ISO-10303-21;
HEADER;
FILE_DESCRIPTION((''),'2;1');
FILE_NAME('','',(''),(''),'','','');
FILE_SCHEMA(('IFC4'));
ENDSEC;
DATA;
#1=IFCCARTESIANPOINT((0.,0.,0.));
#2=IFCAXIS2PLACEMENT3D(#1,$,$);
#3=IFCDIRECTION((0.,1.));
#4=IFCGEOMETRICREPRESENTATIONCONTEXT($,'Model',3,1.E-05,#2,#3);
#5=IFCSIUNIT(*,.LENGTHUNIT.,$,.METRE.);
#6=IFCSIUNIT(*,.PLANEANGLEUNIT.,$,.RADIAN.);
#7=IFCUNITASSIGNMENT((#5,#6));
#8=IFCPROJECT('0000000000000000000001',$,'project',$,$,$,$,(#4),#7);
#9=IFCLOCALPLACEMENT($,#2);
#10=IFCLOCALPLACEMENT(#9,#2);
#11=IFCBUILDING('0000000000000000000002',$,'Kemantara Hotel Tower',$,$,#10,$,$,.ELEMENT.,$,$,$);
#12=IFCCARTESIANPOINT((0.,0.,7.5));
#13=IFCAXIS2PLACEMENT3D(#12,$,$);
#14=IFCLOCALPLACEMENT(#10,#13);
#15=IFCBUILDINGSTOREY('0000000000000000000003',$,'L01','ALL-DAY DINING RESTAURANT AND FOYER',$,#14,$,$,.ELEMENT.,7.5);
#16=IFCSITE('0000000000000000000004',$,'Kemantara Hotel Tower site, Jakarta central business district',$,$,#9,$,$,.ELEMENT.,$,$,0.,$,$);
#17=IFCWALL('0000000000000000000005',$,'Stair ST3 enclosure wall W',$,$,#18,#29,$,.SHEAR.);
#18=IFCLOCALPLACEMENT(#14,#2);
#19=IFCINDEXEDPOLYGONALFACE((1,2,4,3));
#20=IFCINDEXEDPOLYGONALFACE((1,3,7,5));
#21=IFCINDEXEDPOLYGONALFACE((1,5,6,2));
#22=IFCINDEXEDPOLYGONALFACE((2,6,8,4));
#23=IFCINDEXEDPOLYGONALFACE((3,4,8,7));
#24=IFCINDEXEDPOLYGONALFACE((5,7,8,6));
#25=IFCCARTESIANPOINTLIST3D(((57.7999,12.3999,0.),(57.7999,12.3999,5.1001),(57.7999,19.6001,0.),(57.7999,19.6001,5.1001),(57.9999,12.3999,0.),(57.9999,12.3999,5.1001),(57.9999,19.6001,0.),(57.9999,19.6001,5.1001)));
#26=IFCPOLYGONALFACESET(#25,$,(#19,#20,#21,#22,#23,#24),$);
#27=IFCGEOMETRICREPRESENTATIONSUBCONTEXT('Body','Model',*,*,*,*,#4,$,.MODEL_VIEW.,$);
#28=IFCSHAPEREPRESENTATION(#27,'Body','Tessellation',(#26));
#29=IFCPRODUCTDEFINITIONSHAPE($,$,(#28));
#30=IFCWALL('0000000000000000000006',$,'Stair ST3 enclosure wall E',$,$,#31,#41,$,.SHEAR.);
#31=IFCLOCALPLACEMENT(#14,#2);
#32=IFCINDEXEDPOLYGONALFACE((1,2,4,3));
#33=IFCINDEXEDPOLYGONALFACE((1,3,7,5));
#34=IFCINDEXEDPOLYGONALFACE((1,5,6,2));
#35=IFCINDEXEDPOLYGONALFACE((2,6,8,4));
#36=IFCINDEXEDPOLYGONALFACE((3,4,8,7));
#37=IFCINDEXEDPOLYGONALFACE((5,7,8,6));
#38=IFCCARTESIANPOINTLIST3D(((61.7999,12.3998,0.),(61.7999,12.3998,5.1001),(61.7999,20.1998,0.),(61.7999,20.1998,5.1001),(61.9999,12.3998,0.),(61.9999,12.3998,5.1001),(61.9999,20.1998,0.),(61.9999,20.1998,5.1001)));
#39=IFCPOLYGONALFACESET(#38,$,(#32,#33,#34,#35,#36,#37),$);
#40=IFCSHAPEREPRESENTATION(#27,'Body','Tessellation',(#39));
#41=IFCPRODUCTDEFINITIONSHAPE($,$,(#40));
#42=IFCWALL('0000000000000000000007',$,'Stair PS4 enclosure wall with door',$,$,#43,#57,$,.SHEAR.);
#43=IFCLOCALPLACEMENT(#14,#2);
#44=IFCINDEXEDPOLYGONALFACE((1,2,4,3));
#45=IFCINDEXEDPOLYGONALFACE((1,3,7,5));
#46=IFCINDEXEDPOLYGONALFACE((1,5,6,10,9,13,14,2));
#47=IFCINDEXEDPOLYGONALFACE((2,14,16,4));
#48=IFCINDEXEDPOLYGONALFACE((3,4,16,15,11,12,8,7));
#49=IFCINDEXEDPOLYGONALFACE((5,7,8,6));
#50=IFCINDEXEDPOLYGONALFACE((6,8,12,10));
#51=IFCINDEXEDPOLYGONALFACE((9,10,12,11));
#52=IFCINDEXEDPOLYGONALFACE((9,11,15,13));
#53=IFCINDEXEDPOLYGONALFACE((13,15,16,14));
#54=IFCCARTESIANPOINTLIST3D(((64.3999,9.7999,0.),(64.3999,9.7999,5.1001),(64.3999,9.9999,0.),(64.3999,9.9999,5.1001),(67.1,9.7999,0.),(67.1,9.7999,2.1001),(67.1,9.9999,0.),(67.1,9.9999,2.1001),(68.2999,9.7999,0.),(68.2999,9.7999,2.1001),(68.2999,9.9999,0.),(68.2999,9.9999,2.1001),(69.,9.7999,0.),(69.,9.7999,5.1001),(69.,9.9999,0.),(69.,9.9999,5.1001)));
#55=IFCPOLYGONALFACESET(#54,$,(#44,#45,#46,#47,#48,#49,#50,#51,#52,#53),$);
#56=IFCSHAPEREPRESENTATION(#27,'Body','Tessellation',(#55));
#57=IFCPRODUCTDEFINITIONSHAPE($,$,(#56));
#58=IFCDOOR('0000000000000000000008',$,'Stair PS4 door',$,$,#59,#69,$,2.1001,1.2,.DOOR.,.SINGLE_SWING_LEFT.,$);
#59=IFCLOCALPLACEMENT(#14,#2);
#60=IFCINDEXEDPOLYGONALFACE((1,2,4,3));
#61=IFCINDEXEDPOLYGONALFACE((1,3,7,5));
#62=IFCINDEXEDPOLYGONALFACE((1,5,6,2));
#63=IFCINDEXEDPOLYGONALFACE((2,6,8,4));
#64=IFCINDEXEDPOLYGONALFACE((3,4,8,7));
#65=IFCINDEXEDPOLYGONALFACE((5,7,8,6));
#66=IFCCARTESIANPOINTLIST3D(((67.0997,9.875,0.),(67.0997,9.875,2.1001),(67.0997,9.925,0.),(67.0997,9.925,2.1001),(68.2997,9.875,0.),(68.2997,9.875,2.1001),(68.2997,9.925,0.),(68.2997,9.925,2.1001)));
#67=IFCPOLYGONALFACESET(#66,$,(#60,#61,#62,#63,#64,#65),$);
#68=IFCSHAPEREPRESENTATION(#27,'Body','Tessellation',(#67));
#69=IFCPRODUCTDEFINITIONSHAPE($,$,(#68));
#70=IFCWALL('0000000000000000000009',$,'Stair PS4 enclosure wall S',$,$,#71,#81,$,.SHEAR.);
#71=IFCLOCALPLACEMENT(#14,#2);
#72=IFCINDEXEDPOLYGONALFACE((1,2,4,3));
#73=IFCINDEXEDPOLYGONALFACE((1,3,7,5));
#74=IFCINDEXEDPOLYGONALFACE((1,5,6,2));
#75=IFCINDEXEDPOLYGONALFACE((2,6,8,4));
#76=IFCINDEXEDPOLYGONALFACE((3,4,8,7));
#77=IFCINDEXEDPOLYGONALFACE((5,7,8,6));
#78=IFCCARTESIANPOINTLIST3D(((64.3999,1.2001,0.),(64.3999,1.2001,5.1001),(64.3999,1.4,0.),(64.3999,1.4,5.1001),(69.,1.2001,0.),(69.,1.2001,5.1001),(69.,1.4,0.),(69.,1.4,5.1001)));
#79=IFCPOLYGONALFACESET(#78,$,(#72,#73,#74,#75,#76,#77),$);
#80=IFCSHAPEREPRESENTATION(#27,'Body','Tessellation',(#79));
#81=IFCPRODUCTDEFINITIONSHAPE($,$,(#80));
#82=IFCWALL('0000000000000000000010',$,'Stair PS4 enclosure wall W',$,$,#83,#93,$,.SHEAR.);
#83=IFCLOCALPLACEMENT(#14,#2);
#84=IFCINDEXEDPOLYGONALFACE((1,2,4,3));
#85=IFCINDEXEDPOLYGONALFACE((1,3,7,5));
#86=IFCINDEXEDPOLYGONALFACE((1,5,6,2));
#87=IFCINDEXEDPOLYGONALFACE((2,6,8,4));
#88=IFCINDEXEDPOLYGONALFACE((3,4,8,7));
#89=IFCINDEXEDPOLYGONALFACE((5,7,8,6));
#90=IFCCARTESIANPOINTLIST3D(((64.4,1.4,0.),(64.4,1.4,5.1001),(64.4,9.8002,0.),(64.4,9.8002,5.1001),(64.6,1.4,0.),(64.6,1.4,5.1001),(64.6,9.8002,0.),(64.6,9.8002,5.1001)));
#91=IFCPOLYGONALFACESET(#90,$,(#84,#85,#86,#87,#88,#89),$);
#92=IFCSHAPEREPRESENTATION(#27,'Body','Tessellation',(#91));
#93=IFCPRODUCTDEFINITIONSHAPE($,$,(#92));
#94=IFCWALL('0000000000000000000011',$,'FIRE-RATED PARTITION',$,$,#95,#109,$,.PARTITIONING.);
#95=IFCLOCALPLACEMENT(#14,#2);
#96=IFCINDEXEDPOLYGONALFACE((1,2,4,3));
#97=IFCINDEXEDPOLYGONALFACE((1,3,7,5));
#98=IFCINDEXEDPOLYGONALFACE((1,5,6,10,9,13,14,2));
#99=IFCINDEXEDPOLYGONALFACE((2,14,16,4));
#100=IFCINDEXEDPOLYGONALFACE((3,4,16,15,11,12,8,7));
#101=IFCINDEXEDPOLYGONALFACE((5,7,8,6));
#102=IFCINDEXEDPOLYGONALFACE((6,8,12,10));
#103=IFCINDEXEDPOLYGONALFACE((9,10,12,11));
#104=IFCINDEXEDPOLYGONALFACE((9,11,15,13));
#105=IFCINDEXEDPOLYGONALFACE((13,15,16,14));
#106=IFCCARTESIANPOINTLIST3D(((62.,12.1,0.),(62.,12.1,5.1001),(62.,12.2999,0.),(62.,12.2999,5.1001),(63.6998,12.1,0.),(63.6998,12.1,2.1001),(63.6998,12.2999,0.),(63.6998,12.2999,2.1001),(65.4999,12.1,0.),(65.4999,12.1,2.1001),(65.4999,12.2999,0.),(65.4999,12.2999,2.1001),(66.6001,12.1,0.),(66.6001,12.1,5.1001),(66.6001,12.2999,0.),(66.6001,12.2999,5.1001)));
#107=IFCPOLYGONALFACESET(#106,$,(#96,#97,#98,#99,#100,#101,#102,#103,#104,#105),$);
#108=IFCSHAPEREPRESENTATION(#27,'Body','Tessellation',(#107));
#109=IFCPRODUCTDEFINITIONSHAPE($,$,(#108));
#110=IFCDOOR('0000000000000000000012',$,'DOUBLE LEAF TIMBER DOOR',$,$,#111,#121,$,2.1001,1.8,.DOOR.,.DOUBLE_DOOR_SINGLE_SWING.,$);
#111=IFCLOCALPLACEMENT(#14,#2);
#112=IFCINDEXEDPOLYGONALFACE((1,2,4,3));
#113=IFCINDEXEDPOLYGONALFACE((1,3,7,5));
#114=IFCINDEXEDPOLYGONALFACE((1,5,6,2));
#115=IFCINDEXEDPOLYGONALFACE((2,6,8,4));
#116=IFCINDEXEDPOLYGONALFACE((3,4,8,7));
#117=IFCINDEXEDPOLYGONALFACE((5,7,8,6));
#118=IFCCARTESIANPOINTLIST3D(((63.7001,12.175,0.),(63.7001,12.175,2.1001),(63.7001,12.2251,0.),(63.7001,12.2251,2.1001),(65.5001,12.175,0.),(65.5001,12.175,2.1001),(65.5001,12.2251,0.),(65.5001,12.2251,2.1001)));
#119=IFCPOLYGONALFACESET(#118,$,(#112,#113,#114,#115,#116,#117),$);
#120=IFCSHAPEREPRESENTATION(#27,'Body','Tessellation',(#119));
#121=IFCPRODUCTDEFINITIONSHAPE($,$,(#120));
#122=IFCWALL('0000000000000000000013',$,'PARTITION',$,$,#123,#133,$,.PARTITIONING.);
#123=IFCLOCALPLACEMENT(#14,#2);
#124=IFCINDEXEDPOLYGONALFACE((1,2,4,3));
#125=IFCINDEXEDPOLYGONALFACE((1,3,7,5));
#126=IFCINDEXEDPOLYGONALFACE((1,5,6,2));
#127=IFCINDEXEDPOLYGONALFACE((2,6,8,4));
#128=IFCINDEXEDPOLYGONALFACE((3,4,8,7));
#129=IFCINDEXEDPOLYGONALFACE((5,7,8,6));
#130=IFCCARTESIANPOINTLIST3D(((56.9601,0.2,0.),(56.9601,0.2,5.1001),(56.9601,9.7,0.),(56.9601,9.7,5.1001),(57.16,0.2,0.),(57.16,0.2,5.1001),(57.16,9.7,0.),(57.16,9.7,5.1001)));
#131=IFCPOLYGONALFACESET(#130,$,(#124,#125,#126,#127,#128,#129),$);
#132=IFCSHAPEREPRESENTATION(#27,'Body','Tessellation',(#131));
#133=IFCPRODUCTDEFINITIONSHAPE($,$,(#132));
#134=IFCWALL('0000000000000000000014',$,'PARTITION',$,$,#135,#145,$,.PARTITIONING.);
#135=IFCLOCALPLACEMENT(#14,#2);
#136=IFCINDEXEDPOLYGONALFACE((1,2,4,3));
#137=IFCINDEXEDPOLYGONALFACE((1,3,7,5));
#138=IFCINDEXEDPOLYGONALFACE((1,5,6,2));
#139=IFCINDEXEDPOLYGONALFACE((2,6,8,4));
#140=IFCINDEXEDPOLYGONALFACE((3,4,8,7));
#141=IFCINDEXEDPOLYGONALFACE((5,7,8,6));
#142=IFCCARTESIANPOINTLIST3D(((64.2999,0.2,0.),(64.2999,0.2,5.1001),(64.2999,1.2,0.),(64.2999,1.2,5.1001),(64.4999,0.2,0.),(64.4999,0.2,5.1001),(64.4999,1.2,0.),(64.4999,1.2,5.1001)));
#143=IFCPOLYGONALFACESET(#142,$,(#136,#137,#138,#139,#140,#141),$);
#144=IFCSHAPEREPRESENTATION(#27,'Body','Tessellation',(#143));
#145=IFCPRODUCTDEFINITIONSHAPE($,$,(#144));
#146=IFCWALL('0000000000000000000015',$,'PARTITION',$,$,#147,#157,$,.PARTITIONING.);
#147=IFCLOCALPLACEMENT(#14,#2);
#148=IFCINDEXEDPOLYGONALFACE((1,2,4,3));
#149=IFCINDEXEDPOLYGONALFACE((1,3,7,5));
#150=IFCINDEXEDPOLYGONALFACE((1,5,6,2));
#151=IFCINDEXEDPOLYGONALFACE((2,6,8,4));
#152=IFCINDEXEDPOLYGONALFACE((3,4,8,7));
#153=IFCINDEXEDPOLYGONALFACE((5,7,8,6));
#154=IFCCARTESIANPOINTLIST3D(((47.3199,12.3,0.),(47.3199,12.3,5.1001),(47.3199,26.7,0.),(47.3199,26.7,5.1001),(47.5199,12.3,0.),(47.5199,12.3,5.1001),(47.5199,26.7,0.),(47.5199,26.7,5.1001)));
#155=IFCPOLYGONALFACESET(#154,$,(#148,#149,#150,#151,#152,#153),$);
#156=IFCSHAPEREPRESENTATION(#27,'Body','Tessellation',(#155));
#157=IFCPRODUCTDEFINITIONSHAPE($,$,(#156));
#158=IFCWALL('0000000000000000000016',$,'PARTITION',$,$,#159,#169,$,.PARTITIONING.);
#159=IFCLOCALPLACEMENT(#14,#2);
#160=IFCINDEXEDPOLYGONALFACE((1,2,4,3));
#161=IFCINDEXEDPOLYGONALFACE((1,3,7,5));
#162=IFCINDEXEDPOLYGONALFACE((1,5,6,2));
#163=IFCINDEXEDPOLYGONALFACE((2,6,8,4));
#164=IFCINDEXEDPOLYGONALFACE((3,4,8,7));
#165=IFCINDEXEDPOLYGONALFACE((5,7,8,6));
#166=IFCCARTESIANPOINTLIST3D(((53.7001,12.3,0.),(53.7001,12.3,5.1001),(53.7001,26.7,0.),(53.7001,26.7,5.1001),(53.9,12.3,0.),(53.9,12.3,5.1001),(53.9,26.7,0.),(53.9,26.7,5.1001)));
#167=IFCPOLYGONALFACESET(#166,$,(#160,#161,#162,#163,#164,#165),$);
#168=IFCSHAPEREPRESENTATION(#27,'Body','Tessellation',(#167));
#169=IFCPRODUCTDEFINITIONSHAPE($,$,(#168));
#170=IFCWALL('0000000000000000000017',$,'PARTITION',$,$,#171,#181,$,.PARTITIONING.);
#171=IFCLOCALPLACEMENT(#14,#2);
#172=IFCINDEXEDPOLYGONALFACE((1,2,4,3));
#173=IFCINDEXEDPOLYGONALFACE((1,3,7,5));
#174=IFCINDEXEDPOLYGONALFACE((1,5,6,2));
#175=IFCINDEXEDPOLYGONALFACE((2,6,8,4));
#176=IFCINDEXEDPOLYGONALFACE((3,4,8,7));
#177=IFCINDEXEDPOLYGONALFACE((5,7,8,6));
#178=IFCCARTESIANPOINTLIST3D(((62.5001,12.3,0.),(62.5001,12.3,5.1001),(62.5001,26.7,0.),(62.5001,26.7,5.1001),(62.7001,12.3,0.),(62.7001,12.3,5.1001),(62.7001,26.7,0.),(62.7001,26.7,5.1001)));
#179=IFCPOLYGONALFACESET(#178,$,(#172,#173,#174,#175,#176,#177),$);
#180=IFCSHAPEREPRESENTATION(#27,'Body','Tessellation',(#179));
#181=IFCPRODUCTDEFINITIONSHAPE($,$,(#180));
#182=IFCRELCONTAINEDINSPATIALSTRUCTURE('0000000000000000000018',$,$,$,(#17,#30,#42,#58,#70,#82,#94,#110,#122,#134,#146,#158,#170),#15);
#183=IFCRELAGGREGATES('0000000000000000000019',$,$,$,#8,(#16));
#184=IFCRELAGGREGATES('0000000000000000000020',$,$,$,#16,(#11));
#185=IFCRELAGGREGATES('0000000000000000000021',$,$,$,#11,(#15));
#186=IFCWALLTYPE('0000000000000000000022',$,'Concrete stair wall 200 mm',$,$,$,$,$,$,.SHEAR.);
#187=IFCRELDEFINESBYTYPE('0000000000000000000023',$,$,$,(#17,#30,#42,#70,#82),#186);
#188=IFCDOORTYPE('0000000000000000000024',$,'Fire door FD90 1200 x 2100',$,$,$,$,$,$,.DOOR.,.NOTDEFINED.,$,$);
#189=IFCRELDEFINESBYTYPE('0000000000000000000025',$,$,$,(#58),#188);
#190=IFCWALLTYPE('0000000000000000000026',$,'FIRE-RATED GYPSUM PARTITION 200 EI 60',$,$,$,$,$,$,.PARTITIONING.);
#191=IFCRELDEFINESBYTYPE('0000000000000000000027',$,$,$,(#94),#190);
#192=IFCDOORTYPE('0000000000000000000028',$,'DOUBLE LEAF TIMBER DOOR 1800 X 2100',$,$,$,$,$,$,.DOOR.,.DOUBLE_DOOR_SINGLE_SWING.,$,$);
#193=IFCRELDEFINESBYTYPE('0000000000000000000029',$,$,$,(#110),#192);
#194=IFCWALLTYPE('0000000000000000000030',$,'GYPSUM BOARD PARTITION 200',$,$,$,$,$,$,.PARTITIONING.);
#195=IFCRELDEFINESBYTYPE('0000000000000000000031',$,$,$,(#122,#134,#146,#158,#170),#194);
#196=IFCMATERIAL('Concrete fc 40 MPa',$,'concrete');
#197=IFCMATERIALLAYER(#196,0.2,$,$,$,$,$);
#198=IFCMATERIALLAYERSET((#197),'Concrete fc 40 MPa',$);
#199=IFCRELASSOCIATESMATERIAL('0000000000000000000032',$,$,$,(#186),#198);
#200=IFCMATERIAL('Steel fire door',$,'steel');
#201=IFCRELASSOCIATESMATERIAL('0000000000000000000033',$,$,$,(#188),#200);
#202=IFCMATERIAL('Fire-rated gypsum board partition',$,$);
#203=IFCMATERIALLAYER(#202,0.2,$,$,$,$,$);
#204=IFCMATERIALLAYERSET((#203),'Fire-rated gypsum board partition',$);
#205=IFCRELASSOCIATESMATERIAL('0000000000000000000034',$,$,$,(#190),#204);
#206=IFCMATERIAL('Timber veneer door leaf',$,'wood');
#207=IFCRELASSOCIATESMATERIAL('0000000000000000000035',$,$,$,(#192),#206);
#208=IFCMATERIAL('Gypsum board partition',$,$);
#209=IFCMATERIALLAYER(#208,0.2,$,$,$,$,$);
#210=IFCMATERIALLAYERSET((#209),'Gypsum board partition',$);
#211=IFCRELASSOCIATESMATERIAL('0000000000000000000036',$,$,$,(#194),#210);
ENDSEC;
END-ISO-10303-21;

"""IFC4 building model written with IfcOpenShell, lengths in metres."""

from ifc_helpers import new_model, si_unit, direction, frame, frame_2d, origin, place, context, subcontext, project, spatial, rectangle, extrude, material, layer, layer_set, type_object, element, fill, save


model = new_model("IFC4")

# Units and contexts
model_context = context("Model", 3, precision=1e-05, world=origin(), true_north=direction((0.0, 1.0)))
body_context = subcontext(model_context, "Body", "Model", "MODEL_VIEW")
ifc_project = project(units=[si_unit("LENGTHUNIT", "METRE"), si_unit("PLANEANGLEUNIT", "RADIAN")], contexts=[model_context])

# Site, building, storey
site_placement = place(None, origin())
site = spatial("IfcSite", under=ifc_project, at=site_placement, Name="Kemantara Hotel Tower site, Jakarta central business district", CompositionType="ELEMENT", RefElevation=0.0)
building_placement = place(site_placement, origin())
building = spatial("IfcBuilding", under=site, at=building_placement, Name="Kemantara Hotel Tower", CompositionType="ELEMENT")
storey_placement = place(building_placement, frame((0.0, 0.0, 7.5)))
storey = spatial("IfcBuildingStorey", under=building, at=storey_placement, Name="L01", Description="ALL-DAY DINING RESTAURANT AND FOYER", CompositionType="ELEMENT", Elevation=7.5)

# Shared definitions
ifc_material_1 = material(Name="Concrete fc 40 MPa", Category="concrete")
ifc_layer_1 = layer(ifc_material_1, 0.2)
ifc_layer_set_1 = layer_set([ifc_layer_1], Name="Concrete fc 40 MPa")
wall_type_1 = type_object("IfcWallType", Name="Concrete stair wall 200 mm", PredefinedType="SHEAR", material=ifc_layer_set_1)
ifc_material_2 = material(Name="Steel fire door", Category="steel")
door_type_1 = type_object("IfcDoorType", Name="Fire door FD90 1200 x 2100", OperationType="NOTDEFINED", PredefinedType="DOOR", material=ifc_material_2)

# Walls
wall_1_placement = place(storey_placement, frame((57.8999, 12.3999, 0.0), z_axis=(0.0, 0.0, 1.0), x_axis=(0.0, 1.0, 0.0)))
element("IfcWall", 1, at=wall_1_placement, inside=storey, type_object=wall_type_1, Name="Stair ST3 enclosure wall W", PredefinedType="SHEAR", context=body_context, shape_type="SweptSolid", body=[
    extrude(rectangle(XDim=7.2002, YDim=0.2, at=frame_2d((3.6001, 0.0))), origin(), (0.0, 0.0, 1.0), 5.1001),
])
wall_2_placement = place(storey_placement, frame((61.8999, 12.3999, 0.0), z_axis=(0.0, 0.0, 1.0), x_axis=(0.0, 1.0, 0.0)))
element("IfcWall", 2, at=wall_2_placement, inside=storey, type_object=wall_type_1, Name="Stair ST3 enclosure wall E", PredefinedType="SHEAR", context=body_context, shape_type="SweptSolid", body=[
    extrude(rectangle(XDim=7.8, YDim=0.2, at=frame_2d((3.8999, 0.0))), origin(), (0.0, 0.0, 1.0), 5.1001),
])

# Wall, opening, door
wall_3_placement = place(storey_placement, frame((64.3999, 9.8999, 0.0), z_axis=(0.0, 0.0, 1.0), x_axis=(1.0, 0.0, 0.0)))
wall_3 = element("IfcWall", 3, at=wall_3_placement, inside=storey, type_object=wall_type_1, Name="Stair PS4 enclosure wall with door", PredefinedType="SHEAR", context=body_context, shape_type="SweptSolid", body=[
    extrude(rectangle(XDim=4.6001, YDim=0.2, at=frame_2d((2.3, 0.0))), origin(), (0.0, 0.0, 1.0), 5.1001),
])
opening_1_placement = place(wall_3_placement, frame((2.7, 0.0, 0.0)))
opening_1 = element("IfcOpeningElement", 4, at=opening_1_placement, cuts=wall_3, PredefinedType="OPENING", context=body_context, shape_type="SweptSolid", body=[
    extrude(rectangle(XDim=1.2, YDim=2.1001, at=frame_2d((0.6001, 1.05))), frame((0.0, 0.1099, 0.0), z_axis=(0.0, -1.0, 0.0), x_axis=(1.0, 0.0, 0.0)), (0.0, 0.0, 1.0), 0.22),
])
door_1_placement = place(opening_1_placement, frame((1.2, 0.0, 0.0), z_axis=(0.0, 0.0, 1.0), x_axis=(-1.0, 0.0, 0.0)))
door_1 = element("IfcDoor", 5, at=door_1_placement, inside=storey, type_object=door_type_1, Name="Stair PS4 door", OperationType="SINGLE_SWING_LEFT", OverallHeight=2.1001, OverallWidth=1.2, PredefinedType="DOOR", context=body_context, shape_type="SweptSolid", body=[
    extrude(rectangle(XDim=1.2, YDim=2.1001, at=frame_2d((0.6001, 1.05))), frame((0.0, 0.0249, 0.0), z_axis=(0.0, -1.0, 0.0), x_axis=(1.0, 0.0, 0.0)), (0.0, 0.0, 1.0), 0.05),
])
fill(opening_1, door_1)

# Walls
wall_4_placement = place(storey_placement, frame((64.3999, 1.3, 0.0), z_axis=(0.0, 0.0, 1.0), x_axis=(1.0, 0.0, 0.0)))
element("IfcWall", 6, at=wall_4_placement, inside=storey, type_object=wall_type_1, Name="Stair PS4 enclosure wall S", PredefinedType="SHEAR", context=body_context, shape_type="SweptSolid", body=[
    extrude(rectangle(XDim=4.6001, YDim=0.2, at=frame_2d((2.3, 0.0))), origin(), (0.0, 0.0, 1.0), 5.1001),
])
wall_5_placement = place(storey_placement, frame((64.5, 1.3999, 0.0), z_axis=(0.0, 0.0, 1.0), x_axis=(0.0, 1.0, 0.0)))
element("IfcWall", 7, at=wall_5_placement, inside=storey, type_object=wall_type_1, Name="Stair PS4 enclosure wall W", PredefinedType="SHEAR", context=body_context, shape_type="SweptSolid", body=[
    extrude(rectangle(XDim=8.4001, YDim=0.2, at=frame_2d((4.2002, 0.0))), origin(), (0.0, 0.0, 1.0), 5.1001),
])

# Wall, opening, door
ifc_material_3 = material(Name="Fire-rated gypsum board partition")
ifc_layer_2 = layer(ifc_material_3, 0.2)
ifc_layer_set_2 = layer_set([ifc_layer_2], Name="Fire-rated gypsum board partition")
wall_type_2 = type_object("IfcWallType", Name="FIRE-RATED GYPSUM PARTITION 200 EI 60", PredefinedType="PARTITIONING", material=ifc_layer_set_2)
wall_6_placement = place(storey_placement, frame((62.0, 12.2, 0.0), z_axis=(0.0, 0.0, 1.0), x_axis=(1.0, 0.0, 0.0)))
wall_6 = element("IfcWall", 8, at=wall_6_placement, inside=storey, type_object=wall_type_2, Name="FIRE-RATED PARTITION", PredefinedType="PARTITIONING", context=body_context, shape_type="SweptSolid", body=[
    extrude(rectangle(XDim=4.6001, YDim=0.2, at=frame_2d((2.3, 0.0))), origin(), (0.0, 0.0, 1.0), 5.1001),
])
opening_2_placement = place(wall_6_placement, frame((1.7, 0.0, 0.0)))
opening_2 = element("IfcOpeningElement", 9, at=opening_2_placement, cuts=wall_6, PredefinedType="OPENING", context=body_context, shape_type="SweptSolid", body=[
    extrude(rectangle(XDim=1.8, YDim=2.1001, at=frame_2d((0.8999, 1.05))), frame((0.0, 0.1099, 0.0), z_axis=(0.0, -1.0, 0.0), x_axis=(1.0, 0.0, 0.0)), (0.0, 0.0, 1.0), 0.22),
])
ifc_material_4 = material(Name="Timber veneer door leaf", Category="wood")
door_type_2 = type_object("IfcDoorType", Name="DOUBLE LEAF TIMBER DOOR 1800 X 2100", OperationType="DOUBLE_DOOR_SINGLE_SWING", PredefinedType="DOOR", material=ifc_material_4)
door_2_placement = place(opening_2_placement, frame((1.8, 0.0, 0.0), z_axis=(0.0, 0.0, 1.0), x_axis=(-1.0, 0.0, 0.0)))
door_2 = element("IfcDoor", 10, at=door_2_placement, inside=storey, type_object=door_type_2, Name="DOUBLE LEAF TIMBER DOOR", OperationType="DOUBLE_DOOR_SINGLE_SWING", OverallHeight=2.1001, OverallWidth=1.8, PredefinedType="DOOR", context=body_context, shape_type="SweptSolid", body=[
    extrude(rectangle(XDim=1.8, YDim=2.1001, at=frame_2d((0.8999, 1.05))), frame((0.0, 0.0249, 0.0), z_axis=(0.0, -1.0, 0.0), x_axis=(1.0, 0.0, 0.0)), (0.0, 0.0, 1.0), 0.05),
])
fill(opening_2, door_2)

# Walls
ifc_material_5 = material(Name="Gypsum board partition")
ifc_layer_3 = layer(ifc_material_5, 0.2)
ifc_layer_set_3 = layer_set([ifc_layer_3], Name="Gypsum board partition")
wall_type_3 = type_object("IfcWallType", Name="GYPSUM BOARD PARTITION 200", PredefinedType="PARTITIONING", material=ifc_layer_set_3)
wall_7_placement = place(storey_placement, frame((57.0601, 0.2, 0.0), z_axis=(0.0, 0.0, 1.0), x_axis=(0.0, 1.0, 0.0)))
element("IfcWall", 11, at=wall_7_placement, inside=storey, type_object=wall_type_3, Name="PARTITION", PredefinedType="PARTITIONING", context=body_context, shape_type="SweptSolid", body=[
    extrude(rectangle(XDim=9.5, YDim=0.2, at=frame_2d((4.75, 0.0))), origin(), (0.0, 0.0, 1.0), 5.1001),
])
wall_8_placement = place(storey_placement, frame((64.3999, 0.2, 0.0), z_axis=(0.0, 0.0, 1.0), x_axis=(0.0, 1.0, 0.0)))
element("IfcWall", 12, at=wall_8_placement, inside=storey, type_object=wall_type_3, Name="PARTITION", PredefinedType="PARTITIONING", context=body_context, shape_type="SweptSolid", body=[
    extrude(rectangle(XDim=1.0, YDim=0.2, at=frame_2d((0.5, 0.0))), origin(), (0.0, 0.0, 1.0), 5.1001),
])
for number, where, z_axis, x_axis, name in (
    (13, (47.4199, 12.3, 0.0), (0.0, 0.0, 1.0), (0.0, 1.0, 0.0), "PARTITION"),
    (14, (53.8, 12.3, 0.0), (0.0, 0.0, 1.0), (0.0, 1.0, 0.0), "PARTITION"),
    (15, (62.6001, 12.3, 0.0), (0.0, 0.0, 1.0), (0.0, 1.0, 0.0), "PARTITION"),
):
    element("IfcWall", number, at=place(storey_placement, frame(where, z_axis=z_axis, x_axis=x_axis)), inside=storey, type_object=wall_type_3, Name=name, PredefinedType="PARTITIONING", context=body_context, shape_type="SweptSolid", body=[
        extrude(rectangle(XDim=14.3999, YDim=0.2, at=frame_2d((7.2, 0.0))), origin(), (0.0, 0.0, 1.0), 5.1001),
    ])

save(model, "model.ifc")
